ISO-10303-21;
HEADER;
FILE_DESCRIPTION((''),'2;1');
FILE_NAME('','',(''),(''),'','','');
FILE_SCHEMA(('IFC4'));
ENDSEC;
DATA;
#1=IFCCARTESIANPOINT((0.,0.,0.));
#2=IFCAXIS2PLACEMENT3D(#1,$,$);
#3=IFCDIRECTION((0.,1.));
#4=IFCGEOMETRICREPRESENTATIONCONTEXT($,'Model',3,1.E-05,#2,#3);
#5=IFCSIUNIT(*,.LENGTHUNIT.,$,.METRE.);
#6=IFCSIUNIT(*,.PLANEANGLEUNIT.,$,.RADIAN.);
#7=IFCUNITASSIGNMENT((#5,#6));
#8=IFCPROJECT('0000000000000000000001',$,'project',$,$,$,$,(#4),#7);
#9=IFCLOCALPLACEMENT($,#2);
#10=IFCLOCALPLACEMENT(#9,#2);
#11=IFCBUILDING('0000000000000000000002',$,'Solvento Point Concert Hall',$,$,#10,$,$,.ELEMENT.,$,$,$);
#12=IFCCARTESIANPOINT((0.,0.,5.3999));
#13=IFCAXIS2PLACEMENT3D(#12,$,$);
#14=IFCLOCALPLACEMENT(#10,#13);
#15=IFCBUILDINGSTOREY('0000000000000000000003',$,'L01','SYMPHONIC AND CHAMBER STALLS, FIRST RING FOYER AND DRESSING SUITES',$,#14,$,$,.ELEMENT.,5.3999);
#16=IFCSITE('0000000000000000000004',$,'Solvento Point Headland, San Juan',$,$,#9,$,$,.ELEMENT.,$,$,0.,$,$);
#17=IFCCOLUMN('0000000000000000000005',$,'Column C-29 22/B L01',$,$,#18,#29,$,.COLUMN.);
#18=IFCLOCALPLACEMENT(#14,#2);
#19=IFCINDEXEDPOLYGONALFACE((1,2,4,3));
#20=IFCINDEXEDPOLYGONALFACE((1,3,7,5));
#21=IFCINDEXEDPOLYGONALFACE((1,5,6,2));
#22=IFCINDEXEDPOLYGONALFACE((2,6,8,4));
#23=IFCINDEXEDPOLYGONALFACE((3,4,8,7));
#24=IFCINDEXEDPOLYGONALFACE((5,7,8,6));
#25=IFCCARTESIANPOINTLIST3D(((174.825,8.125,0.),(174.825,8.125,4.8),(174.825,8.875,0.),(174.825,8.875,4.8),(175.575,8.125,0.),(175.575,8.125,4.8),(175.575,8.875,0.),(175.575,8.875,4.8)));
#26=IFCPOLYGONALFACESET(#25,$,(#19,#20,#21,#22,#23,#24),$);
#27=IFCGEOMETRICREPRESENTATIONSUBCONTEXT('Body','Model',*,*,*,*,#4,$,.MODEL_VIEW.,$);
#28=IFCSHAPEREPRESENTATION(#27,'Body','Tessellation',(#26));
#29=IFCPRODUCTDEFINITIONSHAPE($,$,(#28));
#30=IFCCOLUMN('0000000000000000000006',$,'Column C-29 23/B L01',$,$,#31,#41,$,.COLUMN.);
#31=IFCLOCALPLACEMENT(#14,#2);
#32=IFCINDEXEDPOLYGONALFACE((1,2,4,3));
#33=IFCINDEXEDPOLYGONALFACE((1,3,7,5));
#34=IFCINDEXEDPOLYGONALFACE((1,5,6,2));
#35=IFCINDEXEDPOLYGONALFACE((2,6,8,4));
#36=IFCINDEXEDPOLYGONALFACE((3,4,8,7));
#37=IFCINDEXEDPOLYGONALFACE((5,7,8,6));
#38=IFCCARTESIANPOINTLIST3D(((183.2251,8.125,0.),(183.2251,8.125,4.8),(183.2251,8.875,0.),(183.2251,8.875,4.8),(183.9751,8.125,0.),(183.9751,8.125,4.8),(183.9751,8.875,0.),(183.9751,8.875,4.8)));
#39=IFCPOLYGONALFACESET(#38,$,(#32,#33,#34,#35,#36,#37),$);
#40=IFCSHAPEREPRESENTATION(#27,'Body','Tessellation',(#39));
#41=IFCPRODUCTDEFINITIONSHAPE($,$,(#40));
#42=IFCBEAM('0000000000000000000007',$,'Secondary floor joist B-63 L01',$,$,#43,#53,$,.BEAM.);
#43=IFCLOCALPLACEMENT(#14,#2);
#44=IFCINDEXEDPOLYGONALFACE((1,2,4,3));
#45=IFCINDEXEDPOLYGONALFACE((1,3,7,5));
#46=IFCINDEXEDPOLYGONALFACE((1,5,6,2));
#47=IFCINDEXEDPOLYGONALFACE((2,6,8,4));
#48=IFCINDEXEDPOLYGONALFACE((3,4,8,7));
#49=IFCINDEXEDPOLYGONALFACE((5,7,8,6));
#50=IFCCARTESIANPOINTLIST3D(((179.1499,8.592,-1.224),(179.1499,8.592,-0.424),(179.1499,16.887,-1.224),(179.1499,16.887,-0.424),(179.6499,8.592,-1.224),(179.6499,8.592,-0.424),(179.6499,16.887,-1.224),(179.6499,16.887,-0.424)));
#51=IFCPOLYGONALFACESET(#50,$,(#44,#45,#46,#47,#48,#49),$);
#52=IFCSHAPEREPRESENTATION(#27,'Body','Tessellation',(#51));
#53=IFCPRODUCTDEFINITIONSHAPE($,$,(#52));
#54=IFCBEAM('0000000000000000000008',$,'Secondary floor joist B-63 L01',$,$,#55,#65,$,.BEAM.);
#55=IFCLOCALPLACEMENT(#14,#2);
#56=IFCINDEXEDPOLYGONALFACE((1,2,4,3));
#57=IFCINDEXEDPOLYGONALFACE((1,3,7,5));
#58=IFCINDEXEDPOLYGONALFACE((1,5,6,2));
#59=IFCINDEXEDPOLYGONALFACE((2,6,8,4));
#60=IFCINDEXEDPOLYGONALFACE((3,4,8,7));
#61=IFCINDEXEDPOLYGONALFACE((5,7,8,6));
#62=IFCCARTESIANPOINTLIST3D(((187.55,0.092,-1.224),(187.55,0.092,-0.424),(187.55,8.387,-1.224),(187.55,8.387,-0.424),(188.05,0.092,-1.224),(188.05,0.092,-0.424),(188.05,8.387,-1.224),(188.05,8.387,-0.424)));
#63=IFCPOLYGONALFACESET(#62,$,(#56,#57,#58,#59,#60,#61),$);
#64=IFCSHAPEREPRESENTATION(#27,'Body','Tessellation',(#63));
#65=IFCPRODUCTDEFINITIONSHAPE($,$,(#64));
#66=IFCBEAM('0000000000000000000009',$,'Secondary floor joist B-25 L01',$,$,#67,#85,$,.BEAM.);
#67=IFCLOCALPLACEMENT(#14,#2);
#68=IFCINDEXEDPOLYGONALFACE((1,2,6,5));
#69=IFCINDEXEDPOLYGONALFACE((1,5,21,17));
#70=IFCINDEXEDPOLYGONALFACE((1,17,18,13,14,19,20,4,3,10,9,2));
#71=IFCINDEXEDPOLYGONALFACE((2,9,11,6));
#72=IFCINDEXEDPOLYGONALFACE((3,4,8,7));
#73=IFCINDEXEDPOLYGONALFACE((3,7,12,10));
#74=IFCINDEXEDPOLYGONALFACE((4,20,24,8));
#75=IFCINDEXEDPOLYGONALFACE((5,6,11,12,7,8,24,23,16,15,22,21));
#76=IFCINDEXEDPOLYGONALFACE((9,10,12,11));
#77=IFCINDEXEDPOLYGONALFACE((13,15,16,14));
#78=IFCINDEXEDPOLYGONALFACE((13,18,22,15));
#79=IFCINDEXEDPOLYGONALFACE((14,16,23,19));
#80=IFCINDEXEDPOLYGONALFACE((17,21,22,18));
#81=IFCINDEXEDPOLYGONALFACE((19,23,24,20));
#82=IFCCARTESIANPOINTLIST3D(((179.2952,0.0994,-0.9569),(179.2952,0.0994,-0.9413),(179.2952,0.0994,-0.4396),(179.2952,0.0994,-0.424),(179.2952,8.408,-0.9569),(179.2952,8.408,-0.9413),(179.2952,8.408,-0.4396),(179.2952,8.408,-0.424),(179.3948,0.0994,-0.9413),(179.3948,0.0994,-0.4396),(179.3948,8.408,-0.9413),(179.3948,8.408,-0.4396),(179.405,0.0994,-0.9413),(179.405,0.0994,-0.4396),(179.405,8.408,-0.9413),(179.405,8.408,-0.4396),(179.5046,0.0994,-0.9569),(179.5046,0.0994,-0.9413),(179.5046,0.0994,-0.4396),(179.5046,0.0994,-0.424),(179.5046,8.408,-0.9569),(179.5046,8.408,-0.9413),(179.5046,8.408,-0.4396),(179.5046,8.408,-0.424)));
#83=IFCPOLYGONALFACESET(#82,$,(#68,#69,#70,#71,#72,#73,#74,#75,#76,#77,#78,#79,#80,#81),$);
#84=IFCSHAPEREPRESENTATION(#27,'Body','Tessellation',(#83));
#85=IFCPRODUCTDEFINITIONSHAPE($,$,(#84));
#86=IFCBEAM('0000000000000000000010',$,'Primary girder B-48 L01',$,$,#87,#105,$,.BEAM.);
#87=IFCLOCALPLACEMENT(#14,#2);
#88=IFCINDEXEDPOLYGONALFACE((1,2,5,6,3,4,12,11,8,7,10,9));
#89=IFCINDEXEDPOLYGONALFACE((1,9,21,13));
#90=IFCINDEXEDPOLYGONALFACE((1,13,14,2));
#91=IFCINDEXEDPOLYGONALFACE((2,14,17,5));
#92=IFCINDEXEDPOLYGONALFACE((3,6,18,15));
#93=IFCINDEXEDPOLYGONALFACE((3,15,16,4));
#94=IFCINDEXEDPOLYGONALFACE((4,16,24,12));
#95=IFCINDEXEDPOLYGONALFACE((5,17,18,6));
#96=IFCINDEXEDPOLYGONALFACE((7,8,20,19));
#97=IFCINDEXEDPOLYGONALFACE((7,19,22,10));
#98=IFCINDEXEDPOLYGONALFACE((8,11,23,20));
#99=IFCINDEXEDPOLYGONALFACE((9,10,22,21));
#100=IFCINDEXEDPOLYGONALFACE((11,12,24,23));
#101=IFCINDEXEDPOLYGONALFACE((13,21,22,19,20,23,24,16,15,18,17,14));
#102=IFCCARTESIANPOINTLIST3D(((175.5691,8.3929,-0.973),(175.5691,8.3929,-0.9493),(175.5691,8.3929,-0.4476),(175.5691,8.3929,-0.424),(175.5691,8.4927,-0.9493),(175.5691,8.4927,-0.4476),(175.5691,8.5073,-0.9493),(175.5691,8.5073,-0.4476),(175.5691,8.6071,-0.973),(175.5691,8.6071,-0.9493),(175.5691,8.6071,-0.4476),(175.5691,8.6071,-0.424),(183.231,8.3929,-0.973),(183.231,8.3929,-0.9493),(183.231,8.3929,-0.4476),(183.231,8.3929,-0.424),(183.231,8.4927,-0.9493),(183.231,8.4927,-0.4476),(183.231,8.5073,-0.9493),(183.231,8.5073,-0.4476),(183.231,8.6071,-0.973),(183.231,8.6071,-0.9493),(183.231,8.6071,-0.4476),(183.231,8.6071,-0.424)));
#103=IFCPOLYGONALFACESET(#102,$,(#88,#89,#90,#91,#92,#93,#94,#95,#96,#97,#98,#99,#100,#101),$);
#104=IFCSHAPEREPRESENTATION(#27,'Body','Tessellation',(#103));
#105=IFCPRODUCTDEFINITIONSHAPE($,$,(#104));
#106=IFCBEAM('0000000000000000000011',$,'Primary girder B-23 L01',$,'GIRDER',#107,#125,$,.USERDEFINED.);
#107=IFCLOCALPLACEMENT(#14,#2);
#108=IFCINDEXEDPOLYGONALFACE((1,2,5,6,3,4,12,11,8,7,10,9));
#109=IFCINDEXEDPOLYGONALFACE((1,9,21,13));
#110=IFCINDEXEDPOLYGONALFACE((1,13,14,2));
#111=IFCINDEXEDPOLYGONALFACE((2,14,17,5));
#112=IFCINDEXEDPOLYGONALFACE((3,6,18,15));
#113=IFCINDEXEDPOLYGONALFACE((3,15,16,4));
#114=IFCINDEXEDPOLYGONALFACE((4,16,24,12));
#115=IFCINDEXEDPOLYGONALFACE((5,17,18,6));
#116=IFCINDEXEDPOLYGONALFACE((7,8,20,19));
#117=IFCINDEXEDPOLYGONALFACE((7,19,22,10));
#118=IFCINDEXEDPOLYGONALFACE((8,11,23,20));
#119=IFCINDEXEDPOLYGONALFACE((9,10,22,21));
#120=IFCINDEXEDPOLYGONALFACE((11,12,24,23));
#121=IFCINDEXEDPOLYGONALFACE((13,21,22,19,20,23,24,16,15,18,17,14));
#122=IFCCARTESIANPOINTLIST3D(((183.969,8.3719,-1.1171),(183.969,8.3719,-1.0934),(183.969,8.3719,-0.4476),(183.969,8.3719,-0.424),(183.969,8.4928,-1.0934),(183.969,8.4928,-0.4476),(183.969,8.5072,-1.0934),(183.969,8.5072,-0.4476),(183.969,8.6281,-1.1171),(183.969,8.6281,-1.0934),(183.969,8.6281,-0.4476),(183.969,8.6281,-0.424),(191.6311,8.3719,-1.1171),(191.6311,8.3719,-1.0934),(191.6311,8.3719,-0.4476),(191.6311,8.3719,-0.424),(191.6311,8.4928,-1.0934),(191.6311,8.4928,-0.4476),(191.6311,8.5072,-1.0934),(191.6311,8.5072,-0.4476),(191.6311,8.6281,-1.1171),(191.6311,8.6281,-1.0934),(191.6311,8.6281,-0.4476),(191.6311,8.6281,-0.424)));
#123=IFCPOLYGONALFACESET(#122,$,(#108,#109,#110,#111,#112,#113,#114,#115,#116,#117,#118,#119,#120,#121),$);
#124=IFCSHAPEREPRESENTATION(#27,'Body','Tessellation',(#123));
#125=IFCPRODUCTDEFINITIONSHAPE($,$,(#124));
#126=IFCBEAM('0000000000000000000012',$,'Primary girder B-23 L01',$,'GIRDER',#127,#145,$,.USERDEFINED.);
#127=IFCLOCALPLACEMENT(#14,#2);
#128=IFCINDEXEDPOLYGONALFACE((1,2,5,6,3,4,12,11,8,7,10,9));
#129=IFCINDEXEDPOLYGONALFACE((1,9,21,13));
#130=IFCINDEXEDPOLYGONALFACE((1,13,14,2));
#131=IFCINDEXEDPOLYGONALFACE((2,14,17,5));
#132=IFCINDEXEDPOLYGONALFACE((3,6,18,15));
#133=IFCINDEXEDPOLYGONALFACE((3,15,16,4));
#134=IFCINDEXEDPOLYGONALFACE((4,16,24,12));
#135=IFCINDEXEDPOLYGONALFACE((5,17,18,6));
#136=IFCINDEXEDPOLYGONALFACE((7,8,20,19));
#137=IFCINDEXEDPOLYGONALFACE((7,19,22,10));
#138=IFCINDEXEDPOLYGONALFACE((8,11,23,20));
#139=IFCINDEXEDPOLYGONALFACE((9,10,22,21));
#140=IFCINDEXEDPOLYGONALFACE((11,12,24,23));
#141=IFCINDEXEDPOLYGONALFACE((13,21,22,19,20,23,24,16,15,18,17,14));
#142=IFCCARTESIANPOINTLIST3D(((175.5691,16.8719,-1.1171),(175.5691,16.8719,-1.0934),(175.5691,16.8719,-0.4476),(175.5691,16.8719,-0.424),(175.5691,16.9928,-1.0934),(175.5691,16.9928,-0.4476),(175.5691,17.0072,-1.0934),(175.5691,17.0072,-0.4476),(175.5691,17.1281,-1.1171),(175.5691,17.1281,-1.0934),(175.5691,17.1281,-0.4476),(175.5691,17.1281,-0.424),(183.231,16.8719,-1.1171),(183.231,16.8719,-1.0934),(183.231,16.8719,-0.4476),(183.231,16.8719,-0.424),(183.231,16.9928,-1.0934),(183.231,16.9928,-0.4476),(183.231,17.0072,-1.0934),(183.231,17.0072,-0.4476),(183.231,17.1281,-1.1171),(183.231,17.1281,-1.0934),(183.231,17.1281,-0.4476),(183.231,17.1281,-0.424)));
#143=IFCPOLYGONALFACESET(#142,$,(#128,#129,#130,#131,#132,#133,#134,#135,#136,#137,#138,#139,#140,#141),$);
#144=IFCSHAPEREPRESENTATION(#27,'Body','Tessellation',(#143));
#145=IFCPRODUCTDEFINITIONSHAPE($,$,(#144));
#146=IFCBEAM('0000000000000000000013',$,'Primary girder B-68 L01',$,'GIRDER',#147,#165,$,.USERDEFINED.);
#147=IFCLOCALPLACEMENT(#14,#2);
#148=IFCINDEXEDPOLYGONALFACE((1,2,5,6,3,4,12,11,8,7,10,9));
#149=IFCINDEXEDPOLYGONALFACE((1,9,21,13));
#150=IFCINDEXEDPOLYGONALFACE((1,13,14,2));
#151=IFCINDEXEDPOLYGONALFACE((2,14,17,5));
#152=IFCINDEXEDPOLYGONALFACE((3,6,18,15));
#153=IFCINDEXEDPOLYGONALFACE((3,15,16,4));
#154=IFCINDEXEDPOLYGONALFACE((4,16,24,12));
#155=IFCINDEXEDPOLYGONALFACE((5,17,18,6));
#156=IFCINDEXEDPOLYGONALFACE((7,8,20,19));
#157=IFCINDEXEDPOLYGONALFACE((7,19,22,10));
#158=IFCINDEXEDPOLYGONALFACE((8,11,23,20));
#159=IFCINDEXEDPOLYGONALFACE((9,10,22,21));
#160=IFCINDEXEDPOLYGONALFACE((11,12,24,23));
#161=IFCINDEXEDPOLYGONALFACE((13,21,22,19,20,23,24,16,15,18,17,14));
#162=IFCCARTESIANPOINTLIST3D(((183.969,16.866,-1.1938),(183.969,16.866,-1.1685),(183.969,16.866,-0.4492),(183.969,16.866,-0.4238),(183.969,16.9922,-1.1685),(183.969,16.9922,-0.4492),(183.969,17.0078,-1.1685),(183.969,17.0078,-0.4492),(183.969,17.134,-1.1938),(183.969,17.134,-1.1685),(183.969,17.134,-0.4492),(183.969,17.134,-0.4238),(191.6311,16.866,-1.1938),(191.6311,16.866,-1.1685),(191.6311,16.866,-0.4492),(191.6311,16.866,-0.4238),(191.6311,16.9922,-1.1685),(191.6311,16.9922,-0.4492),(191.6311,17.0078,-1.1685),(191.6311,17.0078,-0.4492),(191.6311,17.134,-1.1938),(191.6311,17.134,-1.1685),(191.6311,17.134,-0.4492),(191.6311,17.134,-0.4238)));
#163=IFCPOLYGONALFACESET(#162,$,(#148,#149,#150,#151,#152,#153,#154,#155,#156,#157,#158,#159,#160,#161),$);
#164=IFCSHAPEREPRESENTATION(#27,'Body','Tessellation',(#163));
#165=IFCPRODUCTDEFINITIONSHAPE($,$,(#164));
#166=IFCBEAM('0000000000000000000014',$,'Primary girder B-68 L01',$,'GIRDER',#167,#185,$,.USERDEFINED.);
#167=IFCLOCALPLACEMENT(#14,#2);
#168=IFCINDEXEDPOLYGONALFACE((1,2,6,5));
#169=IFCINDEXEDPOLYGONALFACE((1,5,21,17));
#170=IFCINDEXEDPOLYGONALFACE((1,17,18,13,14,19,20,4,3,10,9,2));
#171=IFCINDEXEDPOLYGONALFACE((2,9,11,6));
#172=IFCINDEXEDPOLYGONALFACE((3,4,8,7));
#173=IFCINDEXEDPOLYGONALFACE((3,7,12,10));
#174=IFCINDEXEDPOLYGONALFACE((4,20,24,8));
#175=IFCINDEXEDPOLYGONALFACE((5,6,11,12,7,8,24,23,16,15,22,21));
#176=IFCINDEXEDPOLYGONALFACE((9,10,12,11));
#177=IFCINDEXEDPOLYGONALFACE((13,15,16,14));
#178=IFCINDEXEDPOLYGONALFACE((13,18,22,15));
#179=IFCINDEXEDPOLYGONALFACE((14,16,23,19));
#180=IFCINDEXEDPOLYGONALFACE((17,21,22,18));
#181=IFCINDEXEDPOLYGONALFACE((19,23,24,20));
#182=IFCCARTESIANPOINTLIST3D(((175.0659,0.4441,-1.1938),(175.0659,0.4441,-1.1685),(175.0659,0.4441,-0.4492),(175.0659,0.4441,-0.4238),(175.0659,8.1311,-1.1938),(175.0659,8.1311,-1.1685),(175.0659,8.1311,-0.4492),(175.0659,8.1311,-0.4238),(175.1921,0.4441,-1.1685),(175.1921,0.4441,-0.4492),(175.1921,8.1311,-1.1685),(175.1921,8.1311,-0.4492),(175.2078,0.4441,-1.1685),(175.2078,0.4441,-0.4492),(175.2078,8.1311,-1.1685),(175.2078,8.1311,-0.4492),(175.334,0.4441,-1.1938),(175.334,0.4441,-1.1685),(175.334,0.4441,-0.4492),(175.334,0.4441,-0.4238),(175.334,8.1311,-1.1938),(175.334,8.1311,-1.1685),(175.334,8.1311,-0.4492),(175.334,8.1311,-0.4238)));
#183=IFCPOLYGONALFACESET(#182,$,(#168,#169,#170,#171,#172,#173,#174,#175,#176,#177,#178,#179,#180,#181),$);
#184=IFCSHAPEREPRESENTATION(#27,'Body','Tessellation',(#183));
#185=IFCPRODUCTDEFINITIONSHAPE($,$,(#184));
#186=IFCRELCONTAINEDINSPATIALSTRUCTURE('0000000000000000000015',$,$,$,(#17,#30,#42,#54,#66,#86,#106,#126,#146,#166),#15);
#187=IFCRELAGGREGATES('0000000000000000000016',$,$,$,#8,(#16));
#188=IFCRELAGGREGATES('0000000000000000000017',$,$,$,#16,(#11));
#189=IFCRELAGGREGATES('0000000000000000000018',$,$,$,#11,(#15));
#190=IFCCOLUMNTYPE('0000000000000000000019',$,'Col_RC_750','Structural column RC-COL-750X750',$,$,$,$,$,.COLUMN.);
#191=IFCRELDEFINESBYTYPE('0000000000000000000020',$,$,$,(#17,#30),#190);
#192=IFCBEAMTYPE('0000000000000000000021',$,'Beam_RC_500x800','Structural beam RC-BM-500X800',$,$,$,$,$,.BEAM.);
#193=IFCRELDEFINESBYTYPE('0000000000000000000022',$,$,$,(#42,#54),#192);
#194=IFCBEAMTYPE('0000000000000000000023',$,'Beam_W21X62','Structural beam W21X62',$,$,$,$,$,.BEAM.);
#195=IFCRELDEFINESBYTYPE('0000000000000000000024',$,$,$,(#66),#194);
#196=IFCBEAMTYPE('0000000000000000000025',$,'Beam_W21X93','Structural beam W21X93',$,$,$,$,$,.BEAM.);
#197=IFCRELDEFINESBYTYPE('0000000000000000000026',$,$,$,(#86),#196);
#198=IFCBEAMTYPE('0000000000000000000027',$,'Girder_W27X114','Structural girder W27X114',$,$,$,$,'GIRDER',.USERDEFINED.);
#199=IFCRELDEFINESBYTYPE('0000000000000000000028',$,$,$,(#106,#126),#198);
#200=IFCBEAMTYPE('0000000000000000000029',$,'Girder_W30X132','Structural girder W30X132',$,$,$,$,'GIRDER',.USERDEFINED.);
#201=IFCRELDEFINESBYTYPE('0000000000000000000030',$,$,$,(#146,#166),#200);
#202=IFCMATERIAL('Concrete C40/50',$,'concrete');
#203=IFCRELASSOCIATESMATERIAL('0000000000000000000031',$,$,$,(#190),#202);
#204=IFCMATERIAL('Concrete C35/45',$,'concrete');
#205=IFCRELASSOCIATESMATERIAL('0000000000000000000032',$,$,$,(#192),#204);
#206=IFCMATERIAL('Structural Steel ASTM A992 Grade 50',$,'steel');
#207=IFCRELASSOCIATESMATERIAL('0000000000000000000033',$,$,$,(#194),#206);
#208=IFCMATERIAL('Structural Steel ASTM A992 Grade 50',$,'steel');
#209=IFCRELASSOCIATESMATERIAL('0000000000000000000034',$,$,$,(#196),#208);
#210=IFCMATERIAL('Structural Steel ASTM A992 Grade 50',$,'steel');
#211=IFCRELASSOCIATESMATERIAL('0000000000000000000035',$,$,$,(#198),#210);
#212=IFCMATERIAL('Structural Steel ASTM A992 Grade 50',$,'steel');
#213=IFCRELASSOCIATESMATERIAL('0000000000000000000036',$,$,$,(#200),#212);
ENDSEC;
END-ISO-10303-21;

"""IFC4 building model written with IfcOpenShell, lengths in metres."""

from ifc_helpers import new_model, si_unit, direction, frame, origin, origin_2d, place, context, subcontext, project, spatial, rectangle, i_section, extrude, material, material_profile, profile_set, type_object, element, save


model = new_model("IFC4")

# Units and contexts
model_context = context("Model", 3, precision=1e-05, world=origin(), true_north=direction((0.0, 1.0)))
body_context = subcontext(model_context, "Body", "Model", "MODEL_VIEW")
ifc_project = project(units=[si_unit("LENGTHUNIT", "METRE"), si_unit("PLANEANGLEUNIT", "RADIAN")], contexts=[model_context])

# Site, building, storey
site_placement = place(None, origin())
site = spatial("IfcSite", under=ifc_project, at=site_placement, Name="Solvento Point Headland, San Juan", CompositionType="ELEMENT", RefElevation=0.0)
building_placement = place(site_placement, origin())
building = spatial("IfcBuilding", under=site, at=building_placement, Name="Solvento Point Concert Hall", CompositionType="ELEMENT")
storey_placement = place(building_placement, frame((0.0, 0.0, 5.3999)))
storey = spatial("IfcBuildingStorey", under=building, at=storey_placement, Name="L01", Description="SYMPHONIC AND CHAMBER STALLS, FIRST RING FOYER AND DRESSING SUITES", CompositionType="ELEMENT", Elevation=5.3999)

# Columns
ifc_material_1 = material(Name="Concrete C40/50", Category="concrete")
ifc_material_profile_1 = material_profile(ifc_material_1, rectangle(XDim=0.75, YDim=0.75, at=origin_2d()), Name="RC-COL-750X750")
ifc_profile_set_1 = profile_set([ifc_material_profile_1], Name="Concrete C40/50")
column_type = type_object("IfcColumnType", Name="Col_RC_750", Description="Structural column RC-COL-750X750", PredefinedType="COLUMN", material=ifc_profile_set_1)
for number, where, z_axis, x_axis, name in (
    (1, (175.2, 8.5, 0.0), (0.0, 0.0, 1.0), (1.0, 0.0, 0.0), "Column C-29 22/B L01"),
    (2, (183.6001, 8.5, 0.0), (0.0, 0.0, 1.0), (1.0, 0.0, 0.0), "Column C-29 23/B L01"),
):
    element("IfcColumn", number, at=place(storey_placement, frame(where, z_axis=z_axis, x_axis=x_axis)), inside=storey, type_object=column_type, Name=name, PredefinedType="COLUMN", context=body_context, shape_type="SweptSolid", body=[
        extrude(rectangle(XDim=0.75, YDim=0.75, at=origin_2d()), origin(), (0.0, 0.0, 1.0), 4.8),
    ])

# Beams
ifc_material_2 = material(Name="Concrete C35/45", Category="concrete")
ifc_material_profile_2 = material_profile(ifc_material_2, rectangle(XDim=0.5, YDim=0.8, at=origin_2d()), Name="RC-BM-500X800")
ifc_profile_set_2 = profile_set([ifc_material_profile_2], Name="Concrete C35/45")
beam_type_1 = type_object("IfcBeamType", Name="Beam_RC_500x800", Description="Structural beam RC-BM-500X800", PredefinedType="BEAM", material=ifc_profile_set_2)
for number, where, z_axis, x_axis, name in (
    (3, (179.3999, 8.592, -0.824), (0.0, 1.0, 0.0), (-1.0, 0.0, 0.0), "Secondary floor joist B-63 L01"),
    (4, (187.8, 0.092, -0.824), (0.0, 1.0, 0.0), (-1.0, 0.0, 0.0), "Secondary floor joist B-63 L01"),
):
    element("IfcBeam", number, at=place(storey_placement, frame(where, z_axis=z_axis, x_axis=x_axis)), inside=storey, type_object=beam_type_1, Name=name, PredefinedType="BEAM", context=body_context, shape_type="SweptSolid", body=[
        extrude(rectangle(XDim=0.5, YDim=0.8, at=origin_2d()), origin(), (0.0, 0.0, 1.0), 8.2949),
    ])
ifc_material_3 = material(Name="Structural Steel ASTM A992 Grade 50", Category="steel")
ifc_material_profile_3 = material_profile(ifc_material_3, i_section(OverallWidth=0.2095, OverallDepth=0.533, WebThickness=0.0103, FlangeThickness=0.0156, at=origin_2d()), Name="W21X62")
ifc_profile_set_3 = profile_set([ifc_material_profile_3], Name="Structural Steel ASTM A992 Grade 50")
beam_type_2 = type_object("IfcBeamType", Name="Beam_W21X62", Description="Structural beam W21X62", PredefinedType="BEAM", material=ifc_profile_set_3)
beam_1_placement = place(storey_placement, frame((179.3999, 0.0994, -0.6904), z_axis=(0.0, 1.0, 0.0), x_axis=(-1.0, 0.0, 0.0)))
element("IfcBeam", 5, at=beam_1_placement, inside=storey, type_object=beam_type_2, Name="Secondary floor joist B-25 L01", PredefinedType="BEAM", context=body_context, shape_type="SweptSolid", body=[
    extrude(i_section(OverallWidth=0.2095, OverallDepth=0.533, WebThickness=0.0103, FlangeThickness=0.0156, at=origin_2d()), origin(), (0.0, 0.0, 1.0), 8.3086),
])
ifc_material_4 = material(Name="Structural Steel ASTM A992 Grade 50", Category="steel")
ifc_material_profile_4 = material_profile(ifc_material_4, i_section(OverallWidth=0.2141, OverallDepth=0.5491, WebThickness=0.0146, FlangeThickness=0.0237, at=origin_2d()), Name="W21X93")
ifc_profile_set_4 = profile_set([ifc_material_profile_4], Name="Structural Steel ASTM A992 Grade 50")
beam_type_3 = type_object("IfcBeamType", Name="Beam_W21X93", Description="Structural beam W21X93", PredefinedType="BEAM", material=ifc_profile_set_4)
beam_2_placement = place(storey_placement, frame((175.5691, 8.5, -0.6985), z_axis=(1.0, 0.0, 0.0), x_axis=(0.0, 1.0, 0.0)))
element("IfcBeam", 6, at=beam_2_placement, inside=storey, type_object=beam_type_3, Name="Primary girder B-48 L01", PredefinedType="BEAM", context=body_context, shape_type="SweptSolid", body=[
    extrude(i_section(OverallWidth=0.2141, OverallDepth=0.5491, WebThickness=0.0146, FlangeThickness=0.0237, at=origin_2d()), origin(), (0.0, 0.0, 1.0), 7.6619),
])
ifc_material_5 = material(Name="Structural Steel ASTM A992 Grade 50", Category="steel")
ifc_material_profile_5 = material_profile(ifc_material_5, i_section(OverallWidth=0.2561, OverallDepth=0.6931, WebThickness=0.0144, FlangeThickness=0.0237, at=origin_2d()), Name="W27X114")
ifc_profile_set_5 = profile_set([ifc_material_profile_5], Name="Structural Steel ASTM A992 Grade 50")
beam_type_4 = type_object("IfcBeamType", Name="Girder_W27X114", Description="Structural girder W27X114", ElementType="GIRDER", PredefinedType="USERDEFINED", material=ifc_profile_set_5)
beam_3_placement = place(storey_placement, frame((183.969, 8.5, -0.7705), z_axis=(1.0, 0.0, 0.0), x_axis=(0.0, 1.0, 0.0)))
element("IfcBeam", 7, at=beam_3_placement, inside=storey, type_object=beam_type_4, Name="Primary girder B-23 L01", ObjectType="GIRDER", PredefinedType="USERDEFINED", context=body_context, shape_type="SweptSolid", body=[
    extrude(i_section(OverallWidth=0.2561, OverallDepth=0.6931, WebThickness=0.0144, FlangeThickness=0.0237, at=origin_2d()), origin(), (0.0, 0.0, 1.0), 7.6621),
])
beam_4_placement = place(storey_placement, frame((175.5691, 17.0, -0.7705), z_axis=(1.0, 0.0, 0.0), x_axis=(0.0, 1.0, 0.0)))
element("IfcBeam", 8, at=beam_4_placement, inside=storey, type_object=beam_type_4, Name="Primary girder B-23 L01", ObjectType="GIRDER", PredefinedType="USERDEFINED", context=body_context, shape_type="SweptSolid", body=[
    extrude(i_section(OverallWidth=0.2561, OverallDepth=0.6931, WebThickness=0.0144, FlangeThickness=0.0237, at=origin_2d()), origin(), (0.0, 0.0, 1.0), 7.6619),
])
ifc_material_6 = material(Name="Structural Steel ASTM A992 Grade 50", Category="steel")
ifc_material_profile_6 = material_profile(ifc_material_6, i_section(OverallWidth=0.2681, OverallDepth=0.77, WebThickness=0.0156, FlangeThickness=0.0254, at=origin_2d()), Name="W30X132")
ifc_profile_set_6 = profile_set([ifc_material_profile_6], Name="Structural Steel ASTM A992 Grade 50")
beam_type_5 = type_object("IfcBeamType", Name="Girder_W30X132", Description="Structural girder W30X132", ElementType="GIRDER", PredefinedType="USERDEFINED", material=ifc_profile_set_6)
beam_5_placement = place(storey_placement, frame((183.969, 17.0, -0.8088), z_axis=(1.0, 0.0, 0.0), x_axis=(0.0, 1.0, 0.0)))
element("IfcBeam", 9, at=beam_5_placement, inside=storey, type_object=beam_type_5, Name="Primary girder B-68 L01", ObjectType="GIRDER", PredefinedType="USERDEFINED", context=body_context, shape_type="SweptSolid", body=[
    extrude(i_section(OverallWidth=0.2681, OverallDepth=0.77, WebThickness=0.0156, FlangeThickness=0.0254, at=origin_2d()), origin(), (0.0, 0.0, 1.0), 7.6621),
])
beam_6_placement = place(storey_placement, frame((175.2, 0.4441, -0.8088), z_axis=(0.0, 1.0, 0.0), x_axis=(-1.0, 0.0, 0.0)))
element("IfcBeam", 10, at=beam_6_placement, inside=storey, type_object=beam_type_5, Name="Primary girder B-68 L01", ObjectType="GIRDER", PredefinedType="USERDEFINED", context=body_context, shape_type="SweptSolid", body=[
    extrude(i_section(OverallWidth=0.2681, OverallDepth=0.77, WebThickness=0.0156, FlangeThickness=0.0254, at=origin_2d()), origin(), (0.0, 0.0, 1.0), 7.687),
])

save(model, "model.ifc")
